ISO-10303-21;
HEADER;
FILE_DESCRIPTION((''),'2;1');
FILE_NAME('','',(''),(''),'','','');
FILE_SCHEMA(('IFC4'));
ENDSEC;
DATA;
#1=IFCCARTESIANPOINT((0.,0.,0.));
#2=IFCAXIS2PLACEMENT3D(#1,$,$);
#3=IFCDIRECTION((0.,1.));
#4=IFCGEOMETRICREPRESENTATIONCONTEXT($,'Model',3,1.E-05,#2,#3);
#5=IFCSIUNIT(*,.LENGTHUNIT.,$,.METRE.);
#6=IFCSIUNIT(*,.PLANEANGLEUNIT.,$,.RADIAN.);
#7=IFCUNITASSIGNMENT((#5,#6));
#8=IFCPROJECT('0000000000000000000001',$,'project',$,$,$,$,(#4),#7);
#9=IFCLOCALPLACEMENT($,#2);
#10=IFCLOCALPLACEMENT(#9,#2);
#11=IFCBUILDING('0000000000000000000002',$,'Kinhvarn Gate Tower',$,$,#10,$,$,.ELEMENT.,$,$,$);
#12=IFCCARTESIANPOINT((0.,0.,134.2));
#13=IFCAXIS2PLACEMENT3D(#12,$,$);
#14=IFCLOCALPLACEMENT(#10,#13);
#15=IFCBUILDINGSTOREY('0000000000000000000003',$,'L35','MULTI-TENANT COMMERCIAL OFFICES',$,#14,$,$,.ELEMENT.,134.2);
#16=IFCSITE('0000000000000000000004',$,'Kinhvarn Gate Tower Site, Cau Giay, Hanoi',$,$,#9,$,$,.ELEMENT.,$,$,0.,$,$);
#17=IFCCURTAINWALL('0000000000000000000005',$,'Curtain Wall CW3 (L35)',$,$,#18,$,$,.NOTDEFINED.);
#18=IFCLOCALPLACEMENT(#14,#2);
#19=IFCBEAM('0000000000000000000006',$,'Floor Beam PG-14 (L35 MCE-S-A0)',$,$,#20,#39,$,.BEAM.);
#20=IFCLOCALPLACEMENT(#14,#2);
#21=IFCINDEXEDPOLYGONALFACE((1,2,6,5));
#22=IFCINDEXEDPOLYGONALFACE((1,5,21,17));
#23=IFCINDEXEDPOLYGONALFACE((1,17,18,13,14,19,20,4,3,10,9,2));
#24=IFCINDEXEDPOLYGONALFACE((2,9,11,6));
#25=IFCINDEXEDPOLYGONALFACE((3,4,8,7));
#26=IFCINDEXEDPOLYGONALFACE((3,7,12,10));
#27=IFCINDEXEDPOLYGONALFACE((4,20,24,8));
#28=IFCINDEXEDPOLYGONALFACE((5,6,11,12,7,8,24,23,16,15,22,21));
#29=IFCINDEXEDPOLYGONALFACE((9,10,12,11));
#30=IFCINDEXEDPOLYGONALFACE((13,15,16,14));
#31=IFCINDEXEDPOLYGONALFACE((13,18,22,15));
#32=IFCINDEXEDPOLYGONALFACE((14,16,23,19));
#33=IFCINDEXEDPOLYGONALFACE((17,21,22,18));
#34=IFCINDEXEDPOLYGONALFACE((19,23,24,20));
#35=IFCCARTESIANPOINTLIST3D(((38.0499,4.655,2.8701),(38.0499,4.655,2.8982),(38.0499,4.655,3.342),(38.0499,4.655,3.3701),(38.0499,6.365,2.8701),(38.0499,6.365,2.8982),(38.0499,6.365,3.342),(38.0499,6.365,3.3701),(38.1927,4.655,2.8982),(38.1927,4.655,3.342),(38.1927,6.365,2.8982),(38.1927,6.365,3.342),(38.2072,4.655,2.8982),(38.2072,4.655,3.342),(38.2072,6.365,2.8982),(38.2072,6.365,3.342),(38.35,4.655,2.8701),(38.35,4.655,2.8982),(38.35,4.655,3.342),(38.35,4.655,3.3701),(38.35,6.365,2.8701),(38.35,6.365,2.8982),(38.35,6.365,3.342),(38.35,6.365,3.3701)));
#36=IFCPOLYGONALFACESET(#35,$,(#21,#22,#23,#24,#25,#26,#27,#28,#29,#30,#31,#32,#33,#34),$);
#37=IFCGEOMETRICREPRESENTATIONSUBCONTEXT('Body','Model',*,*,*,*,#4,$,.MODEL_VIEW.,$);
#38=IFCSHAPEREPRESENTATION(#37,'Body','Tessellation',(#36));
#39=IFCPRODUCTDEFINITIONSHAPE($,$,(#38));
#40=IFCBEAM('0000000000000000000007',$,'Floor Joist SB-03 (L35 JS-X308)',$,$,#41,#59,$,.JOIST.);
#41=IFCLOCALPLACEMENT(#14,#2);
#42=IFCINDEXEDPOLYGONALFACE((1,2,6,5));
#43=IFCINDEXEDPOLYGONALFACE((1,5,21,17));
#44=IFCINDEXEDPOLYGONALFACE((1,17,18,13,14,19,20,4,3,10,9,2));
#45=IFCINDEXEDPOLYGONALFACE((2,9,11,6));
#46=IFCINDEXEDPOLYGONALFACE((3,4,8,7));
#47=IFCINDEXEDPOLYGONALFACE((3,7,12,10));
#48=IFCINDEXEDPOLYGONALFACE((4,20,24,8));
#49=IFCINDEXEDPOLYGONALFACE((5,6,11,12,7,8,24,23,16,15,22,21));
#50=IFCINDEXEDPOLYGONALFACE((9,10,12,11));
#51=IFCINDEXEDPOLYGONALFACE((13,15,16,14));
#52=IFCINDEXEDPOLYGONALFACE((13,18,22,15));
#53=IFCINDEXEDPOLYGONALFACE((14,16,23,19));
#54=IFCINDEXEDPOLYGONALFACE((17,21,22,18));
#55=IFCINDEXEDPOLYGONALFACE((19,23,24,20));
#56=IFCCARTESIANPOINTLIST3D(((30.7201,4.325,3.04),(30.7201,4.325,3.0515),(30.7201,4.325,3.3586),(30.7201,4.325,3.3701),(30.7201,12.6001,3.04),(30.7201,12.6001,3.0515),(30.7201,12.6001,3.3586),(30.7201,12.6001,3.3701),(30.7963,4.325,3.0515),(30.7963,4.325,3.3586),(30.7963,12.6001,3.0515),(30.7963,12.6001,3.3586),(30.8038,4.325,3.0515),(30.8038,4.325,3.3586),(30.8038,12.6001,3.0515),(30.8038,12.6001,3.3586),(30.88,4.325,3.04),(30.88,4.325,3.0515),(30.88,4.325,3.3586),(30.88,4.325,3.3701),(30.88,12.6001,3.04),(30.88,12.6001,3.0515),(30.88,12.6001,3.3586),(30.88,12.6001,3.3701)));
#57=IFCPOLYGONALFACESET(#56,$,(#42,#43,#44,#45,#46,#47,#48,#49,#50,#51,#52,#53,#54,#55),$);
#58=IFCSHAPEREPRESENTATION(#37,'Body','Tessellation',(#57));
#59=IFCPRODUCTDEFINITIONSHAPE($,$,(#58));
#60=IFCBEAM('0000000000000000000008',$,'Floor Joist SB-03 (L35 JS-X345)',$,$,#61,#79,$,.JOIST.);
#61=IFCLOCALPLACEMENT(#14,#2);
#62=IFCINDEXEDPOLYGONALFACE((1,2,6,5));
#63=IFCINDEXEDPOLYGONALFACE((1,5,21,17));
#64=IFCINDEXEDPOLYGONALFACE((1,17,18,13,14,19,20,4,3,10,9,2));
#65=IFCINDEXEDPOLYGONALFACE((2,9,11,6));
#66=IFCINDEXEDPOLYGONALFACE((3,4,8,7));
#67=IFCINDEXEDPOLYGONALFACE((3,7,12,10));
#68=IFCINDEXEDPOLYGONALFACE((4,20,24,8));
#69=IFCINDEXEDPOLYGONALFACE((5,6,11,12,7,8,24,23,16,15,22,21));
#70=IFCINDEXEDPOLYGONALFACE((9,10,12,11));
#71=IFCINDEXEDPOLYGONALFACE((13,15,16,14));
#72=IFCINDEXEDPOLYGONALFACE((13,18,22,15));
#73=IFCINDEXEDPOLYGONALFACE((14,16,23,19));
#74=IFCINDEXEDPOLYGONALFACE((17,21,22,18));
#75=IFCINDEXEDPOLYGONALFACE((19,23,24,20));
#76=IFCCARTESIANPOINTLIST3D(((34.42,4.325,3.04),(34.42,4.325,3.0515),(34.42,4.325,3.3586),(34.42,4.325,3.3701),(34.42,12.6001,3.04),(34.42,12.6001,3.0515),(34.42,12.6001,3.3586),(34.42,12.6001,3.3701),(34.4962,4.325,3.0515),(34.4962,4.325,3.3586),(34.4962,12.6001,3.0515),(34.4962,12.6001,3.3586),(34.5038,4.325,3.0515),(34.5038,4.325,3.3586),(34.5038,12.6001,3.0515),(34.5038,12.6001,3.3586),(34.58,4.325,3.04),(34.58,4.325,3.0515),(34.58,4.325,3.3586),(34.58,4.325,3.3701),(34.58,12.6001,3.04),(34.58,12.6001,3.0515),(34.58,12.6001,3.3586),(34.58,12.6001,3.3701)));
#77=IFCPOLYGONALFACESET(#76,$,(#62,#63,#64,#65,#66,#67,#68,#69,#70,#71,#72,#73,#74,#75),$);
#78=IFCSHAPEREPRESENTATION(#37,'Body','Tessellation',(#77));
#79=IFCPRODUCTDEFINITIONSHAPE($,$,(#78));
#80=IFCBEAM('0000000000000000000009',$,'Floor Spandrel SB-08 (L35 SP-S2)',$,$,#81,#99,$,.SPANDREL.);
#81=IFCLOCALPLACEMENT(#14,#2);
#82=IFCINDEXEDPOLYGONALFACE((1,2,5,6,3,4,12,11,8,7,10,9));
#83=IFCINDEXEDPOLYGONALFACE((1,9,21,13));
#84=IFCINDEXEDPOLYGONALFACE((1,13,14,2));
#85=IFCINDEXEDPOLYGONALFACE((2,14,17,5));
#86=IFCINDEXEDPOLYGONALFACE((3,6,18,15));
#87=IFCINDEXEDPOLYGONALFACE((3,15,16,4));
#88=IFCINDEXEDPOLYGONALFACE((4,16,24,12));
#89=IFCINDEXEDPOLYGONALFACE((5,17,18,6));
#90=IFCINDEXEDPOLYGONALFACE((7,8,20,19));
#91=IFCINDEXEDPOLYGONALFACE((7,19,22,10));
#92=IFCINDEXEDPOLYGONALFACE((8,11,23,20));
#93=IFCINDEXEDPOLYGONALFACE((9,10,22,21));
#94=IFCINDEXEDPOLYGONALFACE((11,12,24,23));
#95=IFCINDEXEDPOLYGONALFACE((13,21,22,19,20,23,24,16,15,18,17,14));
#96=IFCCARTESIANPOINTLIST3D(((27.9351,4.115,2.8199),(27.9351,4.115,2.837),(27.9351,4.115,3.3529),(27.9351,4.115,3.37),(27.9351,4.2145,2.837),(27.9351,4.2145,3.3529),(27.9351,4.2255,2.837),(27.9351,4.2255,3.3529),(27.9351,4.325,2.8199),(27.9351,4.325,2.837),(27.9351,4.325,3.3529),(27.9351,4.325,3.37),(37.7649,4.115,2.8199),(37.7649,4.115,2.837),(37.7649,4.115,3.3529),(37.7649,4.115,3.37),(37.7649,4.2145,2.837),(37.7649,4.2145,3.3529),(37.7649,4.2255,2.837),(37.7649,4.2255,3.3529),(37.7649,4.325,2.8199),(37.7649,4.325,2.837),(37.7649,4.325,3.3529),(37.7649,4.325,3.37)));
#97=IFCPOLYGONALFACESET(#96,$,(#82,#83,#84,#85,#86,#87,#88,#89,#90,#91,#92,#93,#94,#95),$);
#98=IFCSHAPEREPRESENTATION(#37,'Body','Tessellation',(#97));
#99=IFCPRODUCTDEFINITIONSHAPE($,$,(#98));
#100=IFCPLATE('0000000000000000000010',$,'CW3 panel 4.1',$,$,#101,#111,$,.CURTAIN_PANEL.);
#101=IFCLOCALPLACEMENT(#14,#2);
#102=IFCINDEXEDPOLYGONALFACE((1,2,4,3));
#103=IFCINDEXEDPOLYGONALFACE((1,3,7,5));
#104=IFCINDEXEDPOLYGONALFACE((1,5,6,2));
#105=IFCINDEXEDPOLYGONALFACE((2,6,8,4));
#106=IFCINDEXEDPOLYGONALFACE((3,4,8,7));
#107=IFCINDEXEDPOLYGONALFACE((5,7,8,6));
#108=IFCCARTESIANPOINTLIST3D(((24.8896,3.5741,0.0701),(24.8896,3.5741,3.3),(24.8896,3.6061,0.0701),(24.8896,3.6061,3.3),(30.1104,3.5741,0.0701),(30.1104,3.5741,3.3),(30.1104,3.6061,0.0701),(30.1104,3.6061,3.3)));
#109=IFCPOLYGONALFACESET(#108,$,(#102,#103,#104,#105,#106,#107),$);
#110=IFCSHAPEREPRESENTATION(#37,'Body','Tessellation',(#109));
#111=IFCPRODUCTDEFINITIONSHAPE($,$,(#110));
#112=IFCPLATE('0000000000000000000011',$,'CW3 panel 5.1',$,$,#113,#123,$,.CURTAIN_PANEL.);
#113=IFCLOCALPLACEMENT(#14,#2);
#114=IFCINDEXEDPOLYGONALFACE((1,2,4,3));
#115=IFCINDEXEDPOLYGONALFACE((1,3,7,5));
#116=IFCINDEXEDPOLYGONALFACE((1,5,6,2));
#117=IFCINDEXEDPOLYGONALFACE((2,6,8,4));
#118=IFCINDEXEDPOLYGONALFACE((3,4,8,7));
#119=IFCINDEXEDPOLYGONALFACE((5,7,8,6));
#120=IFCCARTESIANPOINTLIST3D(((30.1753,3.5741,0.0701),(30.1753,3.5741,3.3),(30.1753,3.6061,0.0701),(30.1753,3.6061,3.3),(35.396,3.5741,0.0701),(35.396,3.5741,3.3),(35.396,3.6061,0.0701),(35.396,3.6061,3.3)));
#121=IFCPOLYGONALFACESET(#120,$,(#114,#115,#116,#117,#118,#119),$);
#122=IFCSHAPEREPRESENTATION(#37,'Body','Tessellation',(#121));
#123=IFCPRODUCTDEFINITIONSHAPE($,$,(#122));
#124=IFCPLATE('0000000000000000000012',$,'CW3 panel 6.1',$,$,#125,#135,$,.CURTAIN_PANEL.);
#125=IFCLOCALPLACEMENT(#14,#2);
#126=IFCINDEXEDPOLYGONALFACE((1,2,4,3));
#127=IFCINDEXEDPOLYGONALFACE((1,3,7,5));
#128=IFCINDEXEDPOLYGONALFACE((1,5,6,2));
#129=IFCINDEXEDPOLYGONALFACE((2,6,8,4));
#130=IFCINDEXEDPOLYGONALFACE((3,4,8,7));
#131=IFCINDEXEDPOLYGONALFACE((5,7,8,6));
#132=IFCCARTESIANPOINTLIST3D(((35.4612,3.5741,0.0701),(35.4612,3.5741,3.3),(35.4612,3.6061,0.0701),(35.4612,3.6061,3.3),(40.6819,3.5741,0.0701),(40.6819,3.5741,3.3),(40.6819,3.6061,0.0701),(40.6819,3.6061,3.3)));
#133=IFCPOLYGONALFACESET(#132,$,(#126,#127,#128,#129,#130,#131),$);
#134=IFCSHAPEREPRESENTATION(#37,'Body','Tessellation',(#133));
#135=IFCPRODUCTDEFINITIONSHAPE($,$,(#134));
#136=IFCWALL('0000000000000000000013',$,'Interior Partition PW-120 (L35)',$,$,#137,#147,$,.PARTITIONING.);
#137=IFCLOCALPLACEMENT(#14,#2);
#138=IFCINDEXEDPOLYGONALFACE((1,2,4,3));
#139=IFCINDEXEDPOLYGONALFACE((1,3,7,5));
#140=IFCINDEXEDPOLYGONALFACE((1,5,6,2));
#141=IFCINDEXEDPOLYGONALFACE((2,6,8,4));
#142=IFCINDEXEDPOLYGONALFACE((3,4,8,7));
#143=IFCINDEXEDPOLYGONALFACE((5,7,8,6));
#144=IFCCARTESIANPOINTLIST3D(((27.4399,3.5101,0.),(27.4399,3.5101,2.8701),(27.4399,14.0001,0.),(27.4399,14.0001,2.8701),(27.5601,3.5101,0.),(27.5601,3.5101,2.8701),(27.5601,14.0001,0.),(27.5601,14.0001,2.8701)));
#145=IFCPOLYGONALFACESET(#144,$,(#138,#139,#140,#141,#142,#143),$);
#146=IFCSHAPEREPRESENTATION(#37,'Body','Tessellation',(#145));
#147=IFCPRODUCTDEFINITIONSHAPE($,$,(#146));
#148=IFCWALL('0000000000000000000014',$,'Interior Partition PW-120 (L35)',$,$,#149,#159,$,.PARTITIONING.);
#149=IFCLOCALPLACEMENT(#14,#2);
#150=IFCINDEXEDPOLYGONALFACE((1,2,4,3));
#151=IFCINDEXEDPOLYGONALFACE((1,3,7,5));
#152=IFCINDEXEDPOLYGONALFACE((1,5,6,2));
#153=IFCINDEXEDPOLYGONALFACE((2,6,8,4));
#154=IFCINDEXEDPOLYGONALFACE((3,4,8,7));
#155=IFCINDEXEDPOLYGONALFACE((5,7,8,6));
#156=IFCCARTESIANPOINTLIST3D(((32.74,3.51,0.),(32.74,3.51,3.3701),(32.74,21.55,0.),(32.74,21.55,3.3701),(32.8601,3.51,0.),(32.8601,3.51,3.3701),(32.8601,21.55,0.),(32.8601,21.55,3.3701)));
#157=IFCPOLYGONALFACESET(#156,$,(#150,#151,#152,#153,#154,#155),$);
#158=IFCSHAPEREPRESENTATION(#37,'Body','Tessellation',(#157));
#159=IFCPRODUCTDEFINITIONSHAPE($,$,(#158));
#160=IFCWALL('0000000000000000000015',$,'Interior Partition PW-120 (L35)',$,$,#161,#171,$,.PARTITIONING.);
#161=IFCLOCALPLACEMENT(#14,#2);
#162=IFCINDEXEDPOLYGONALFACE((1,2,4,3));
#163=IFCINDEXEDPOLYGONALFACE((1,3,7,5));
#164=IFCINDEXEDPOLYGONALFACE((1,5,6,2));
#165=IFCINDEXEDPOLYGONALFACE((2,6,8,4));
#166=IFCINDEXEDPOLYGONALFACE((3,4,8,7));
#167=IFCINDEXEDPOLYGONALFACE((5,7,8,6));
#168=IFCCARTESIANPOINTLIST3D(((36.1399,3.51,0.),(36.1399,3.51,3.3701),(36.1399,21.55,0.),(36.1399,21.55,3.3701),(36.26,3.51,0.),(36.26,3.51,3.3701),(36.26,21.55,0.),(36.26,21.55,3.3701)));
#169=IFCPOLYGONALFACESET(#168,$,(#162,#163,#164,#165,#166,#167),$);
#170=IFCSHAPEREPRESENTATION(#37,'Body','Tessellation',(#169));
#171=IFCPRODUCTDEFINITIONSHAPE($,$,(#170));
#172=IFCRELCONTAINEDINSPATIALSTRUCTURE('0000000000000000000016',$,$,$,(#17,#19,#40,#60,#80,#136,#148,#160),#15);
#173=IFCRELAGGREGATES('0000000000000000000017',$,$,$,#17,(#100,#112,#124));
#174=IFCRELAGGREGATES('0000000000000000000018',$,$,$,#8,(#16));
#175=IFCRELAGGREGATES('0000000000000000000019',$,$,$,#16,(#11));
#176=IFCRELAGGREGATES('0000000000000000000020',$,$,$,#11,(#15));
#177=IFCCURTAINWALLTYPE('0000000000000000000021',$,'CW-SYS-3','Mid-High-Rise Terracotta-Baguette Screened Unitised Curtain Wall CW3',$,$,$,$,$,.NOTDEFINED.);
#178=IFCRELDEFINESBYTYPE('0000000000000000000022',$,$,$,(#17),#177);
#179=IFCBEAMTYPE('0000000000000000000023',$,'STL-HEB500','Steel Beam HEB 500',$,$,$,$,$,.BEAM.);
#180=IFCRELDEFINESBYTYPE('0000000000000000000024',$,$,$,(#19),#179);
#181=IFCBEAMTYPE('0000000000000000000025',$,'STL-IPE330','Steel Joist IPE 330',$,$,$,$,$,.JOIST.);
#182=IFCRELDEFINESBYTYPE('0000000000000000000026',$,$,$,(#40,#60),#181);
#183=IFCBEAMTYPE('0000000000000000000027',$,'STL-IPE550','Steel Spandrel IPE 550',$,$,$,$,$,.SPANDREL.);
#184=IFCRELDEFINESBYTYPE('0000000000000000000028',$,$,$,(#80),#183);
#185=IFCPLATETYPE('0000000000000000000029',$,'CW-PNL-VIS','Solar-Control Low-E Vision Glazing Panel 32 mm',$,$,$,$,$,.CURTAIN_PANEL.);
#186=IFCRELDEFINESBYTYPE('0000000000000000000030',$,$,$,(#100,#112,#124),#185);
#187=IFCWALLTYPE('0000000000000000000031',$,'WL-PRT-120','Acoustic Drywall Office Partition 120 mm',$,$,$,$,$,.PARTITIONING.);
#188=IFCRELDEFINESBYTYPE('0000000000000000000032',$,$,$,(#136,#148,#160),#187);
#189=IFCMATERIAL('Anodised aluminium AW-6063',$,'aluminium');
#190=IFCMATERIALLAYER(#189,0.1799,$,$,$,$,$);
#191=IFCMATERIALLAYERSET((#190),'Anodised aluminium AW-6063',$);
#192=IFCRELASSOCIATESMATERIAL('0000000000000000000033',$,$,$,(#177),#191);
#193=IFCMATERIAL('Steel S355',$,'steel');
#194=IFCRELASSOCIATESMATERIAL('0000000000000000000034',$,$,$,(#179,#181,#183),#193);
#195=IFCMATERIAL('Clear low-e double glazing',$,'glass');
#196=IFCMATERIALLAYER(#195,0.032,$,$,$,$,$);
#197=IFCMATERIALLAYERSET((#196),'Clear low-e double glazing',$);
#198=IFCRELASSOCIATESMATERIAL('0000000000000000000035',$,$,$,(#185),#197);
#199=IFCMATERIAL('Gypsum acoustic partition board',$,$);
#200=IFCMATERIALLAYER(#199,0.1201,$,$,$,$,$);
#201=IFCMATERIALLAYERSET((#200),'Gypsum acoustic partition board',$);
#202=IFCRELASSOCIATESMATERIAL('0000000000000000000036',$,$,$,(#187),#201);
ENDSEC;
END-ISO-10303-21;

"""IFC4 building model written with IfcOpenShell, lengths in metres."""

from ifc_helpers import new_model, si_unit, direction, frame, frame_2d, origin, origin_2d, place, context, subcontext, project, spatial, rectangle, i_section, extrude, material, layer, layer_set, material_profile, profile_set, type_object, element, aggregate, save


model = new_model("IFC4")

# Units and contexts
model_context = context("Model", 3, precision=1e-05, world=origin(), true_north=direction((0.0, 1.0)))
body_context = subcontext(model_context, "Body", "Model", "MODEL_VIEW")
ifc_project = project(units=[si_unit("LENGTHUNIT", "METRE"), si_unit("PLANEANGLEUNIT", "RADIAN")], contexts=[model_context])

# Site, building, storey
site_placement = place(None, origin())
site = spatial("IfcSite", under=ifc_project, at=site_placement, Name="Kinhvarn Gate Tower Site, Cau Giay, Hanoi", CompositionType="ELEMENT", RefElevation=0.0)
building_placement = place(site_placement, origin())
building = spatial("IfcBuilding", under=site, at=building_placement, Name="Kinhvarn Gate Tower", CompositionType="ELEMENT")
storey_placement = place(building_placement, frame((0.0, 0.0, 134.2)))
storey = spatial("IfcBuildingStorey", under=building, at=storey_placement, Name="L35", Description="MULTI-TENANT COMMERCIAL OFFICES", CompositionType="ELEMENT", Elevation=134.2)

# Curtain wall
ifc_material_1 = material(Name="Anodised aluminium AW-6063", Category="aluminium")
ifc_layer_1 = layer(ifc_material_1, 0.1799)
ifc_layer_set_1 = layer_set([ifc_layer_1], Name="Anodised aluminium AW-6063")
curtain_wall_type = type_object("IfcCurtainWallType", Name="CW-SYS-3", Description="Mid-High-Rise Terracotta-Baguette Screened Unitised Curtain Wall CW3", PredefinedType="NOTDEFINED", material=ifc_layer_set_1)
curtain_wall_placement = place(storey_placement, origin())
curtain_wall = element("IfcCurtainWall", 1, at=curtain_wall_placement, inside=storey, type_object=curtain_wall_type, Name="Curtain Wall CW3 (L35)", PredefinedType="NOTDEFINED")

# Beams
ifc_material_2 = material(Name="Steel S355", Category="steel")
ifc_material_profile_1 = material_profile(ifc_material_2, i_section(OverallWidth=0.3, OverallDepth=0.5, WebThickness=0.0144, FlangeThickness=0.0281, at=origin_2d()), Name="HEB 500")
ifc_profile_set_1 = profile_set([ifc_material_profile_1], Name="Steel S355")
beam_type_1 = type_object("IfcBeamType", Name="STL-HEB500", Description="Steel Beam HEB 500", PredefinedType="BEAM", material=ifc_profile_set_1)
beam_1_placement = place(storey_placement, frame((38.2, 4.655, 3.1201), z_axis=(0.0, 1.0, 0.0), x_axis=(-1.0, 0.0, 0.0)))
element("IfcBeam", 2, at=beam_1_placement, inside=storey, type_object=beam_type_1, Name="Floor Beam PG-14 (L35 MCE-S-A0)", PredefinedType="BEAM", context=body_context, shape_type="SweptSolid", body=[
    extrude(i_section(OverallWidth=0.3, OverallDepth=0.5, WebThickness=0.0144, FlangeThickness=0.0281, at=origin_2d()), origin(), (0.0, 0.0, 1.0), 1.71),
])
ifc_material_profile_2 = material_profile(ifc_material_2, i_section(OverallWidth=0.1599, OverallDepth=0.3301, WebThickness=0.0076, FlangeThickness=0.0115, at=origin_2d()), Name="IPE 330")
ifc_profile_set_2 = profile_set([ifc_material_profile_2], Name="Steel S355")
beam_type_2 = type_object("IfcBeamType", Name="STL-IPE330", Description="Steel Joist IPE 330", PredefinedType="JOIST", material=ifc_profile_set_2)
for number, where, z_axis, x_axis, name in (
    (3, (30.8, 4.325, 3.2051), (0.0, 1.0, 0.0), (-1.0, 0.0, 0.0), "Floor Joist SB-03 (L35 JS-X308)"),
    (4, (34.5, 4.325, 3.2051), (0.0, 1.0, 0.0), (-1.0, 0.0, 0.0), "Floor Joist SB-03 (L35 JS-X345)"),
):
    element("IfcBeam", number, at=place(storey_placement, frame(where, z_axis=z_axis, x_axis=x_axis)), inside=storey, type_object=beam_type_2, Name=name, PredefinedType="JOIST", context=body_context, shape_type="SweptSolid", body=[
        extrude(i_section(OverallWidth=0.1599, OverallDepth=0.3301, WebThickness=0.0076, FlangeThickness=0.0115, at=origin_2d()), origin(), (0.0, 0.0, 1.0), 8.2751),
    ])
ifc_material_profile_3 = material_profile(ifc_material_2, i_section(OverallWidth=0.21, OverallDepth=0.55, WebThickness=0.011, FlangeThickness=0.0171, at=origin_2d()), Name="IPE 550")
ifc_profile_set_3 = profile_set([ifc_material_profile_3], Name="Steel S355")
beam_type_3 = type_object("IfcBeamType", Name="STL-IPE550", Description="Steel Spandrel IPE 550", PredefinedType="SPANDREL", material=ifc_profile_set_3)
beam_2_placement = place(storey_placement, frame((27.9351, 4.22, 3.095), z_axis=(1.0, 0.0, 0.0), x_axis=(0.0, 1.0, 0.0)))
element("IfcBeam", 5, at=beam_2_placement, inside=storey, type_object=beam_type_3, Name="Floor Spandrel SB-08 (L35 SP-S2)", PredefinedType="SPANDREL", context=body_context, shape_type="SweptSolid", body=[
    extrude(i_section(OverallWidth=0.21, OverallDepth=0.55, WebThickness=0.011, FlangeThickness=0.0171, at=origin_2d()), origin(), (0.0, 0.0, 1.0), 9.8298),
])

# Plates
ifc_material_3 = material(Name="Clear low-e double glazing", Category="glass")
ifc_layer_2 = layer(ifc_material_3, 0.032)
ifc_layer_set_2 = layer_set([ifc_layer_2], Name="Clear low-e double glazing")
plate_type = type_object("IfcPlateType", Name="CW-PNL-VIS", Description="Solar-Control Low-E Vision Glazing Panel 32 mm", PredefinedType="CURTAIN_PANEL", material=ifc_layer_set_2)
plate_1_placement = place(storey_placement, frame((27.5, 3.5901, 0.0701), z_axis=(0.0, 0.0, 1.0), x_axis=(1.0, 0.0, 0.0)))
plate_1 = element("IfcPlate", 6, at=plate_1_placement, type_object=plate_type, Name="CW3 panel 4.1", PredefinedType="CURTAIN_PANEL", context=body_context, shape_type="SweptSolid", body=[
    extrude(rectangle(XDim=5.2207, YDim=0.032, at=origin_2d()), origin(), (0.0, 0.0, 1.0), 3.23),
])
plate_2_placement = place(storey_placement, frame((32.7856, 3.5901, 0.0701), z_axis=(0.0, 0.0, 1.0), x_axis=(1.0, 0.0, 0.0)))
plate_2 = element("IfcPlate", 7, at=plate_2_placement, type_object=plate_type, Name="CW3 panel 5.1", PredefinedType="CURTAIN_PANEL", context=body_context, shape_type="SweptSolid", body=[
    extrude(rectangle(XDim=5.2207, YDim=0.032, at=origin_2d()), origin(), (0.0, 0.0, 1.0), 3.23),
])
plate_3_placement = place(storey_placement, frame((38.0715, 3.5901, 0.0701), z_axis=(0.0, 0.0, 1.0), x_axis=(1.0, 0.0, 0.0)))
plate_3 = element("IfcPlate", 8, at=plate_3_placement, type_object=plate_type, Name="CW3 panel 6.1", PredefinedType="CURTAIN_PANEL", context=body_context, shape_type="SweptSolid", body=[
    extrude(rectangle(XDim=5.2207, YDim=0.032, at=origin_2d()), origin(), (0.0, 0.0, 1.0), 3.23),
])
aggregate(curtain_wall, [plate_1, plate_2, plate_3])

# Walls
ifc_material_4 = material(Name="Gypsum acoustic partition board")
ifc_layer_3 = layer(ifc_material_4, 0.1201)
ifc_layer_set_3 = layer_set([ifc_layer_3], Name="Gypsum acoustic partition board")
wall_type = type_object("IfcWallType", Name="WL-PRT-120", Description="Acoustic Drywall Office Partition 120 mm", PredefinedType="PARTITIONING", material=ifc_layer_set_3)
wall_placement = place(storey_placement, frame((27.5, 3.51, 0.0), z_axis=(0.0, 0.0, 1.0), x_axis=(0.0, 1.0, 0.0)))
element("IfcWall", 9, at=wall_placement, inside=storey, type_object=wall_type, Name="Interior Partition PW-120 (L35)", PredefinedType="PARTITIONING", context=body_context, shape_type="SweptSolid", body=[
    extrude(rectangle(XDim=10.49, YDim=0.1201, at=frame_2d((5.2451, 0.0))), origin(), (0.0, 0.0, 1.0), 2.8701),
])
for number, where, z_axis, x_axis, name in (
    (10, (32.8, 3.51, 0.0), (0.0, 0.0, 1.0), (0.0, 1.0, 0.0), "Interior Partition PW-120 (L35)"),
    (11, (36.2, 3.51, 0.0), (0.0, 0.0, 1.0), (0.0, 1.0, 0.0), "Interior Partition PW-120 (L35)"),
):
    element("IfcWall", number, at=place(storey_placement, frame(where, z_axis=z_axis, x_axis=x_axis)), inside=storey, type_object=wall_type, Name=name, PredefinedType="PARTITIONING", context=body_context, shape_type="SweptSolid", body=[
        extrude(rectangle(XDim=18.04, YDim=0.1201, at=frame_2d((9.02, 0.0))), origin(), (0.0, 0.0, 1.0), 3.3701),
    ])

save(model, "model.ifc")
